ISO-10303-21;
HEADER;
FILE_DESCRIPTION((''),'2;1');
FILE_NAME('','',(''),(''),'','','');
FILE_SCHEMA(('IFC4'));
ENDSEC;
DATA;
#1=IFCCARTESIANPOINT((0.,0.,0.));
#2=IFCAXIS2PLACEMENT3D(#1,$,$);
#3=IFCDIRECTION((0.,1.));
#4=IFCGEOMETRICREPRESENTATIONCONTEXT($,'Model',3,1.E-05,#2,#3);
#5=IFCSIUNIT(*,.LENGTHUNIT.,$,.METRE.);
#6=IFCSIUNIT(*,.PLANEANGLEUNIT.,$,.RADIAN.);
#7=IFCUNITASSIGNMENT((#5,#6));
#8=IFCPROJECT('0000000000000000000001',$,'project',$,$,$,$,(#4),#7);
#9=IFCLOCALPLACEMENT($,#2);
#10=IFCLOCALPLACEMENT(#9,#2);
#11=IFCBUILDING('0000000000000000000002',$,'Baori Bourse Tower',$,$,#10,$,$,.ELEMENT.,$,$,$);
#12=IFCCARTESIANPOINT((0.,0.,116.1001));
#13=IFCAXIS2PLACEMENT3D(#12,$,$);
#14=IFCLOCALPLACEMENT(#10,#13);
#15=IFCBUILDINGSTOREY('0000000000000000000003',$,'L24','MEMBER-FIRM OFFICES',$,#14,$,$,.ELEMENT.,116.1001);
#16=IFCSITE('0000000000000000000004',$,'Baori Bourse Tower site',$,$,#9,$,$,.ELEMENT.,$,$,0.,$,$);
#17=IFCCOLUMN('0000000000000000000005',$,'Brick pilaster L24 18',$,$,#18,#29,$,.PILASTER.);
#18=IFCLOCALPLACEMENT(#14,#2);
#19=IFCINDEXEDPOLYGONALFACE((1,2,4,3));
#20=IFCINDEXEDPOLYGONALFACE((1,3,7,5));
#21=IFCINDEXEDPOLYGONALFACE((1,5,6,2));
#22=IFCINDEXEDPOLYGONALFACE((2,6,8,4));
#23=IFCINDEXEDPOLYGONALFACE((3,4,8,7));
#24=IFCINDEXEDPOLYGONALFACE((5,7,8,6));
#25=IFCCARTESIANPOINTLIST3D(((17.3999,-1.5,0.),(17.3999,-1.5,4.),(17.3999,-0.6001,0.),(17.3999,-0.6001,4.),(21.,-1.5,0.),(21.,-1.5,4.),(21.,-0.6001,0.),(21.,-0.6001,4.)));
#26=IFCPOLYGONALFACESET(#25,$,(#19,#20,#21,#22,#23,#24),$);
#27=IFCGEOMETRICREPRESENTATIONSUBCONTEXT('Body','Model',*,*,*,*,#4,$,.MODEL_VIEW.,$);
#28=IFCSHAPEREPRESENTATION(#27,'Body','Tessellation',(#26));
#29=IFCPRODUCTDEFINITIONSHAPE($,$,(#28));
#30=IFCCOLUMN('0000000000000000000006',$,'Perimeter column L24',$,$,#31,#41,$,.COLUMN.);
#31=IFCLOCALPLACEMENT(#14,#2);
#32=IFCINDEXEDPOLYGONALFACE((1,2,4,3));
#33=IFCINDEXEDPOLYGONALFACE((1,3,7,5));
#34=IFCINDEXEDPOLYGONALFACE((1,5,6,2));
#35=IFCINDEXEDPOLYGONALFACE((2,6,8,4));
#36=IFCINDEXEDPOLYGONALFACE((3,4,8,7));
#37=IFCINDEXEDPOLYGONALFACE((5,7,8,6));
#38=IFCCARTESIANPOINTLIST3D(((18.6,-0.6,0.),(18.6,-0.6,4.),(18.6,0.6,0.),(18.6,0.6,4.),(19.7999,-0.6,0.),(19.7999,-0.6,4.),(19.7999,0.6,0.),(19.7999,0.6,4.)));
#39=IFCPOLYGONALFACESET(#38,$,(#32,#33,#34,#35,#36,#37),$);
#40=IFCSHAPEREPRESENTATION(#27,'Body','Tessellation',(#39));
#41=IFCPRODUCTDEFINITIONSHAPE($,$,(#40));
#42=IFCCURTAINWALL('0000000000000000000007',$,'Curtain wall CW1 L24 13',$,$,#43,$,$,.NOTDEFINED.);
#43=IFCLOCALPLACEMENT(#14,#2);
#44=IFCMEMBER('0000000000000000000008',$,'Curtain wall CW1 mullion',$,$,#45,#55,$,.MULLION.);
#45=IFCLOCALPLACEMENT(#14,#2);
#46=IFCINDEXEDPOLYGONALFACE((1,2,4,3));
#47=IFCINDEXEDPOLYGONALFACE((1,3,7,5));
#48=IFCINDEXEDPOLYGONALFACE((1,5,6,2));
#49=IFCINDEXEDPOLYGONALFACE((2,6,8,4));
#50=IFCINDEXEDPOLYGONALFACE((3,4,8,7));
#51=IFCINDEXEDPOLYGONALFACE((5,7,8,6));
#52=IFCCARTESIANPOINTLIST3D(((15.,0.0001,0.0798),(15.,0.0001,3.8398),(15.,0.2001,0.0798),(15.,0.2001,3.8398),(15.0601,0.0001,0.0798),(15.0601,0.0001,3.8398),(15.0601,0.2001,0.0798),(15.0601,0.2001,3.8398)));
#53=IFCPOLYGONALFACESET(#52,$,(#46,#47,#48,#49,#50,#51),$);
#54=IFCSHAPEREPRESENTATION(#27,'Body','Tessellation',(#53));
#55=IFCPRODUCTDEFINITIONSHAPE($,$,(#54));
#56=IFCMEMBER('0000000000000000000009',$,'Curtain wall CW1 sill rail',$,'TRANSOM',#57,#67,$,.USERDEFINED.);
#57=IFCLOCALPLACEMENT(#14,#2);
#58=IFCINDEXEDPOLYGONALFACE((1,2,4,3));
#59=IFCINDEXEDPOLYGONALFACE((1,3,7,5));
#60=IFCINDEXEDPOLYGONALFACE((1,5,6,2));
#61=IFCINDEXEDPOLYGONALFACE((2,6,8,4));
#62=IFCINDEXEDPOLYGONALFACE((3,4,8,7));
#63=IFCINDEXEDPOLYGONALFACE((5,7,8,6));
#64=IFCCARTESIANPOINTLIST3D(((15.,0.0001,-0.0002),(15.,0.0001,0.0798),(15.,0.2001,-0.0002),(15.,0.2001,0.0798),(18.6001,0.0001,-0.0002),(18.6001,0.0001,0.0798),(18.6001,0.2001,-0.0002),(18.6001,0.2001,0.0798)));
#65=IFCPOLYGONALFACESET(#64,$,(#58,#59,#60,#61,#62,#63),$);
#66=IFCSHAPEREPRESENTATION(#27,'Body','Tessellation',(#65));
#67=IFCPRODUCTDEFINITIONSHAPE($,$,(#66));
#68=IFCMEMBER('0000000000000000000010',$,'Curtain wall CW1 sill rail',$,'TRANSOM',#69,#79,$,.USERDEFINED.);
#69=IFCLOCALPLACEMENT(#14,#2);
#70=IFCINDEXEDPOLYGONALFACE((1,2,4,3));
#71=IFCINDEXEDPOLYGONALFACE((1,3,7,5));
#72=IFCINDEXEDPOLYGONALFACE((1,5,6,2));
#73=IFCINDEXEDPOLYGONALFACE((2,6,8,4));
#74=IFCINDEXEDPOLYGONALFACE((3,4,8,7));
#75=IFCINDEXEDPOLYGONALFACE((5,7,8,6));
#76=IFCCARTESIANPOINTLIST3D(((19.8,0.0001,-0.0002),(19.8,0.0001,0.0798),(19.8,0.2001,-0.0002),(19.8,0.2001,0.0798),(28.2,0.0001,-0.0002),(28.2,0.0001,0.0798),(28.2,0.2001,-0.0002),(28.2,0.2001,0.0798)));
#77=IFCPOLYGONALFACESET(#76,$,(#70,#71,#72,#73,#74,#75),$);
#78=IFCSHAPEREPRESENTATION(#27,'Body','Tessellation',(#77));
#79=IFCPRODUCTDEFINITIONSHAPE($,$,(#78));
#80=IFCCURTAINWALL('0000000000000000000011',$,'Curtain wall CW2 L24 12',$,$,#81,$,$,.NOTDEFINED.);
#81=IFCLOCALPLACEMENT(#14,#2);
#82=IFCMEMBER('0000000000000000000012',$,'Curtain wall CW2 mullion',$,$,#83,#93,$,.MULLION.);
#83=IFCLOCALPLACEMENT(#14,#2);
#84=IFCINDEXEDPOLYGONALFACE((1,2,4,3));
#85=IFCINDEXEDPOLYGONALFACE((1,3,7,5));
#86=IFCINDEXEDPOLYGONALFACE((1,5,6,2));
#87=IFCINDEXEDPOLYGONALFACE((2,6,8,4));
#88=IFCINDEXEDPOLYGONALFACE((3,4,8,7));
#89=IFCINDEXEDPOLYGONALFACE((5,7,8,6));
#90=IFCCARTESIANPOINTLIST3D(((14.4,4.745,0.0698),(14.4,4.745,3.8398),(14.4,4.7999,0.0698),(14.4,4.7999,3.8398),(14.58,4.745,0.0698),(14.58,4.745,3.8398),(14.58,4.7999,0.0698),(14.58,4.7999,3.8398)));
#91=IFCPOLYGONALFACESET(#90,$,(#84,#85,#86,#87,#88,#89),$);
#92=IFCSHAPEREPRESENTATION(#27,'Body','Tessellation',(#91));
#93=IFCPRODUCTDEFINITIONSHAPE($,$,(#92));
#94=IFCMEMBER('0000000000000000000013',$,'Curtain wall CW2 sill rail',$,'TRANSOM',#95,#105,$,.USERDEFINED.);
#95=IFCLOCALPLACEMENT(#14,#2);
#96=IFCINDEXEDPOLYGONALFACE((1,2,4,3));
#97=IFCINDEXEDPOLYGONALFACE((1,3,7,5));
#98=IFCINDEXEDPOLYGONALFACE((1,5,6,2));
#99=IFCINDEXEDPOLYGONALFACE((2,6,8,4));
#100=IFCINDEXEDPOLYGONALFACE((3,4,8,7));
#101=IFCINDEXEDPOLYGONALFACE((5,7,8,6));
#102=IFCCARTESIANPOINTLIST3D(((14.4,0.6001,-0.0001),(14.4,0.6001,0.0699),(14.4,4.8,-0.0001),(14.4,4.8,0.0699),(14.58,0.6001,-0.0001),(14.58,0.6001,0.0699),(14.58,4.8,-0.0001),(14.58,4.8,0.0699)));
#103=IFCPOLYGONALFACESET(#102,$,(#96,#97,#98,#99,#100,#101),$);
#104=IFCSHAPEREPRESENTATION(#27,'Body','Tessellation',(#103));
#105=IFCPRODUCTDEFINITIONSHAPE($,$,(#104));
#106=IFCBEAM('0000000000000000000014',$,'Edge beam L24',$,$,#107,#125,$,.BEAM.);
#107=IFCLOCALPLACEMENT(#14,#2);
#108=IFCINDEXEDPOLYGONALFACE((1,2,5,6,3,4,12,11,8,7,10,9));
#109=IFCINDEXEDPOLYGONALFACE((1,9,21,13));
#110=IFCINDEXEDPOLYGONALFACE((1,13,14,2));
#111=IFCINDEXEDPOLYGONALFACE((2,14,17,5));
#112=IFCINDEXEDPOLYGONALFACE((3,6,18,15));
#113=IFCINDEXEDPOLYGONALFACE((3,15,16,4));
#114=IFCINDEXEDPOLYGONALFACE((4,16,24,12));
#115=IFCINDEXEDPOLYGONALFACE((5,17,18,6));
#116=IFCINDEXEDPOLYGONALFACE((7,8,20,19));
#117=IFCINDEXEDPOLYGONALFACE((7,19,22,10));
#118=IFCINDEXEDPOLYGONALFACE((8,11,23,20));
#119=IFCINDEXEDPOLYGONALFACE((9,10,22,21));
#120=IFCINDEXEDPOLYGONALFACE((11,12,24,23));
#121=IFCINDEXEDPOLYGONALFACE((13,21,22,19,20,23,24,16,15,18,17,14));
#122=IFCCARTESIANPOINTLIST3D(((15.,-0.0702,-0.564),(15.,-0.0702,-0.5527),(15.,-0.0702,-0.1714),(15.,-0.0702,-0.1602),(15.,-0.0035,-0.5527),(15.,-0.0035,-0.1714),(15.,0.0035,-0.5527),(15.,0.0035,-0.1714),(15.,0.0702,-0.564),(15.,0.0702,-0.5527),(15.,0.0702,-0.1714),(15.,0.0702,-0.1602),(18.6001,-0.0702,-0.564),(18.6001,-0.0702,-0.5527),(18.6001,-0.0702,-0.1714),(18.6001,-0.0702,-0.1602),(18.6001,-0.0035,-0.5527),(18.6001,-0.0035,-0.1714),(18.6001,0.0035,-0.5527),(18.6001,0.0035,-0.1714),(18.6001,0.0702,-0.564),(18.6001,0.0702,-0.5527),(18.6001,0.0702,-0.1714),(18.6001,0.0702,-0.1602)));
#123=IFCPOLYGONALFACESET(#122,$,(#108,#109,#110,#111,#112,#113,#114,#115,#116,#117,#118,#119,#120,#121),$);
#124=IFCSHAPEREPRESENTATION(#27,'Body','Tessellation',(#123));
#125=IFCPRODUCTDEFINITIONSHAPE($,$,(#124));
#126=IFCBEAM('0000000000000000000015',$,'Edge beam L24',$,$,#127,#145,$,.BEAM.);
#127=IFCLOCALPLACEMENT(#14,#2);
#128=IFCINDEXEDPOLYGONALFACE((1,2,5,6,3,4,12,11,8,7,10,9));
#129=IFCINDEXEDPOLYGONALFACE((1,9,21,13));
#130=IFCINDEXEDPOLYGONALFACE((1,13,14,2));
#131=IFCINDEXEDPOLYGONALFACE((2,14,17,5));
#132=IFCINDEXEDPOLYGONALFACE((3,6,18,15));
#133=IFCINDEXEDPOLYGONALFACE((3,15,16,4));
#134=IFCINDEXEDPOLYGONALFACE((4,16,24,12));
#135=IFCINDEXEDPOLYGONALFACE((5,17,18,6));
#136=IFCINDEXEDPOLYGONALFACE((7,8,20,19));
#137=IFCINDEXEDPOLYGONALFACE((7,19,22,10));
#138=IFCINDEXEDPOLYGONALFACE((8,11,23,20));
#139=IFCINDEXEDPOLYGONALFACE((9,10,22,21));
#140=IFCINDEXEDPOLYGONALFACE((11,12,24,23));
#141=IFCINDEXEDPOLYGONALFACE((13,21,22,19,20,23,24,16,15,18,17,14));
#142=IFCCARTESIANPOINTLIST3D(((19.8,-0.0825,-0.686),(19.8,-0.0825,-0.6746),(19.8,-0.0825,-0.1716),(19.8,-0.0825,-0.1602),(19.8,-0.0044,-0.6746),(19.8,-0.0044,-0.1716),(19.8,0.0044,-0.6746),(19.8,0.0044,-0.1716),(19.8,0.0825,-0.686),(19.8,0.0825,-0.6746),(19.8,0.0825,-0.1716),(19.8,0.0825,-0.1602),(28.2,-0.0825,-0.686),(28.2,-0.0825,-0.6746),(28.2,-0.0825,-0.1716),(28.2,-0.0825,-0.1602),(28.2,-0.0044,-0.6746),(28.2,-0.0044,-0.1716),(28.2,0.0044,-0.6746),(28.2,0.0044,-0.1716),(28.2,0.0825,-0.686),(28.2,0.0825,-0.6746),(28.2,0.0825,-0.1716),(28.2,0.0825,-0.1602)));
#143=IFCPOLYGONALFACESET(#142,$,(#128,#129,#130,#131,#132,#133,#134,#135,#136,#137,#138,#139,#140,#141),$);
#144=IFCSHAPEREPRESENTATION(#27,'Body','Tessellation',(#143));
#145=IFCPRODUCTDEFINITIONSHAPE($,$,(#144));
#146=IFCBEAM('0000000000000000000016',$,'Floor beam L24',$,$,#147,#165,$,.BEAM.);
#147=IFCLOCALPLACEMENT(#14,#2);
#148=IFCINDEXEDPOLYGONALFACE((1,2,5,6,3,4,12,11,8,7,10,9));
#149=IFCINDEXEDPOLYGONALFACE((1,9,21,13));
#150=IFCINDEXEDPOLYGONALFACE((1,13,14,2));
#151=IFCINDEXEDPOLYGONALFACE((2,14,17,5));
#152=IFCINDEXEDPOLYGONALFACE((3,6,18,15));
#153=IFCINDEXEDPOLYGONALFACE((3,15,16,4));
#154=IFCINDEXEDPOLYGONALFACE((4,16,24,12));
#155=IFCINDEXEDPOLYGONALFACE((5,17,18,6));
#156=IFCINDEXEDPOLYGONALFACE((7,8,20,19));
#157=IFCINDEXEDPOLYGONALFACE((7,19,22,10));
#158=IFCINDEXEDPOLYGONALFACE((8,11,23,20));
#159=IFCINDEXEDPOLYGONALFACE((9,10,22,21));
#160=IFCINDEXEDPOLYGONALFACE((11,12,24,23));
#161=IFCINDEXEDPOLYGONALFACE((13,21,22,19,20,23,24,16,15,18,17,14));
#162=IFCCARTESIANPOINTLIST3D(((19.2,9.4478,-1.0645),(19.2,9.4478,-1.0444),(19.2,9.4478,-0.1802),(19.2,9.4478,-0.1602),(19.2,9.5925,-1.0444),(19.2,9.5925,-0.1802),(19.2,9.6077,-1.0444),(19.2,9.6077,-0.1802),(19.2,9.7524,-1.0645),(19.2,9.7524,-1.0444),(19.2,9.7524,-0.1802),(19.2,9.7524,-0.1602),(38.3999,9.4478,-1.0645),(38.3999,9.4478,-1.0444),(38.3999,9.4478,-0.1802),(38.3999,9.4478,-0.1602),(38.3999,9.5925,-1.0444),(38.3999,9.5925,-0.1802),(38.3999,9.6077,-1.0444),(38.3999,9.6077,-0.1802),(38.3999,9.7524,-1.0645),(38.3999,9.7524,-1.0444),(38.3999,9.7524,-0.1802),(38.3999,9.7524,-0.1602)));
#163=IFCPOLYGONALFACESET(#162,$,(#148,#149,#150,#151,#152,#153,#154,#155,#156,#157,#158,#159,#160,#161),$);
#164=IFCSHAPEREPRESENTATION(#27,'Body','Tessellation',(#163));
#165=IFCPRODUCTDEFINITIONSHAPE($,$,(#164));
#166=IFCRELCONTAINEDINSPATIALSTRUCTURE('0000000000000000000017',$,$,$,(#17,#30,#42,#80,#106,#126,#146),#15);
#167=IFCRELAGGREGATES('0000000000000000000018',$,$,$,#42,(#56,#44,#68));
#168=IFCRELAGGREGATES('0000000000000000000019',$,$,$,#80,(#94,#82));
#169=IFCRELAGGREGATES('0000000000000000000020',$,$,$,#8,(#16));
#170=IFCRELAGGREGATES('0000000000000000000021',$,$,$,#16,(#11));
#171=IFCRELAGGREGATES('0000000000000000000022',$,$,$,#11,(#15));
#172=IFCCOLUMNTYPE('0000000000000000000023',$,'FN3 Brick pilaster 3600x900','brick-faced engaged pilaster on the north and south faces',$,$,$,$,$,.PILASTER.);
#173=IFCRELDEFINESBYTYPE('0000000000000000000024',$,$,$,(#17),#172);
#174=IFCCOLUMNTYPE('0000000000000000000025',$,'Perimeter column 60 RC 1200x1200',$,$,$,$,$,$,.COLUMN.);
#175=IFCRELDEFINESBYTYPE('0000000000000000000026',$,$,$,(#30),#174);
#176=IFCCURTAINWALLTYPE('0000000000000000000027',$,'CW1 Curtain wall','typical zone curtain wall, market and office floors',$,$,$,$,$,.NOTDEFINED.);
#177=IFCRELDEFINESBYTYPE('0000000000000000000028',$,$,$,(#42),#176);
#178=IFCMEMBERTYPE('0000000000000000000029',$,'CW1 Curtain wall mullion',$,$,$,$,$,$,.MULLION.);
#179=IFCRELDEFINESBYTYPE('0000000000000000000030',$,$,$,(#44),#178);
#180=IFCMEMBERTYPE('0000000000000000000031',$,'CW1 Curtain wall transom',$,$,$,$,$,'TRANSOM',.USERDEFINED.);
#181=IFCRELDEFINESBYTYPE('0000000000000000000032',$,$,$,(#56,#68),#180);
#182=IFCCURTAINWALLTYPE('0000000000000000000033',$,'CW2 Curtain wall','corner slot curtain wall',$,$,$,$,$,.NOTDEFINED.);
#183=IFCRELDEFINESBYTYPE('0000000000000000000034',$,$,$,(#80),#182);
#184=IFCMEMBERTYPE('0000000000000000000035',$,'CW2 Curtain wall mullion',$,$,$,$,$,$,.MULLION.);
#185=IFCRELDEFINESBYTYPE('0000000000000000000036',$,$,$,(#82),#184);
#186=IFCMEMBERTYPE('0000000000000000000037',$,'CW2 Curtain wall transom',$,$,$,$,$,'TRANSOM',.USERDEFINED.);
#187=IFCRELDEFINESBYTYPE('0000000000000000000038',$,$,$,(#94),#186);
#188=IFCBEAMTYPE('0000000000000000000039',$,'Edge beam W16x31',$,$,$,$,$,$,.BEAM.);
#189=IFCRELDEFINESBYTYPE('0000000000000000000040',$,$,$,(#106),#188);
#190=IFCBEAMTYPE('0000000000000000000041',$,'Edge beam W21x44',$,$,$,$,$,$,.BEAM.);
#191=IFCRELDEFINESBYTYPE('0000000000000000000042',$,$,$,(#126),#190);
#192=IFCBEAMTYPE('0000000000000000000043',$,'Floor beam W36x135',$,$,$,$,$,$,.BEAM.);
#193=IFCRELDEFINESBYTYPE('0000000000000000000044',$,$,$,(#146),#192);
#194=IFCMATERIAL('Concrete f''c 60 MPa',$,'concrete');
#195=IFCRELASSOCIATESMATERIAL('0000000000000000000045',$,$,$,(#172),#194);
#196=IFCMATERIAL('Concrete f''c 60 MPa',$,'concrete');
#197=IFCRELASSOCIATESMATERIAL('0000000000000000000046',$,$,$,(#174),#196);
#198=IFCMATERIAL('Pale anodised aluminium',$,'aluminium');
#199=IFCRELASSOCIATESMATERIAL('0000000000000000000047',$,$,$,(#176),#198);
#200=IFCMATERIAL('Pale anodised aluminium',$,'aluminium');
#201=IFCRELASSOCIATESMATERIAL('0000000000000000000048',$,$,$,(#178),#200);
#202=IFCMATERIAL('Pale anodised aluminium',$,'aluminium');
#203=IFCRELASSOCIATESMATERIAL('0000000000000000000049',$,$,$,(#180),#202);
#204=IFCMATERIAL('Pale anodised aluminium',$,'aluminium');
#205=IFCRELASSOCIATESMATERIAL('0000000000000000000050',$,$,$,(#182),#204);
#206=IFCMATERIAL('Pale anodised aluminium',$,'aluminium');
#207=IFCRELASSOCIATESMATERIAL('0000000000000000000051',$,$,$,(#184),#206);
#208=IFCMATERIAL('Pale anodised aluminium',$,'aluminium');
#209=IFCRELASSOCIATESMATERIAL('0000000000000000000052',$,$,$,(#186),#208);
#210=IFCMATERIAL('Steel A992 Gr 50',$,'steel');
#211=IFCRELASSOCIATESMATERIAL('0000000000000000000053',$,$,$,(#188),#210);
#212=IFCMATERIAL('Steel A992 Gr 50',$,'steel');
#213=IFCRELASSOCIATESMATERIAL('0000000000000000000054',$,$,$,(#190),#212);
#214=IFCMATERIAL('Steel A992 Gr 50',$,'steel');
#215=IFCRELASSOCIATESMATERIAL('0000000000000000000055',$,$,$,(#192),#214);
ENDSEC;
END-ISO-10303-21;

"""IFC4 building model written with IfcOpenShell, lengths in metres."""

from ifc_helpers import new_model, si_unit, direction, frame, origin, origin_2d, place, context, subcontext, project, spatial, rectangle, i_section, extrude, material, material_profile, profile_set, type_object, element, aggregate, save


model = new_model("IFC4")

# Units and contexts
model_context = context("Model", 3, precision=1e-05, world=origin(), true_north=direction((0.0, 1.0)))
body_context = subcontext(model_context, "Body", "Model", "MODEL_VIEW")
ifc_project = project(units=[si_unit("LENGTHUNIT", "METRE"), si_unit("PLANEANGLEUNIT", "RADIAN")], contexts=[model_context])

# Site, building, storey
site_placement = place(None, origin())
site = spatial("IfcSite", under=ifc_project, at=site_placement, Name="Baori Bourse Tower site", CompositionType="ELEMENT", RefElevation=0.0)
building_placement = place(site_placement, origin())
building = spatial("IfcBuilding", under=site, at=building_placement, Name="Baori Bourse Tower", CompositionType="ELEMENT")
storey_placement = place(building_placement, frame((0.0, 0.0, 116.1001)))
storey = spatial("IfcBuildingStorey", under=building, at=storey_placement, Name="L24", Description="MEMBER-FIRM OFFICES", CompositionType="ELEMENT", Elevation=116.1001)

# Columns
ifc_material_1 = material(Name="Concrete f'c 60 MPa", Category="concrete")
ifc_material_profile_1 = material_profile(ifc_material_1, rectangle(XDim=3.6001, YDim=0.8999, at=origin_2d()), Name="RC 3600x900")
ifc_profile_set_1 = profile_set([ifc_material_profile_1], Name="Concrete f'c 60 MPa")
column_type_1 = type_object("IfcColumnType", Name="FN3 Brick pilaster 3600x900", Description="brick-faced engaged pilaster on the north and south faces", PredefinedType="PILASTER", material=ifc_profile_set_1)
column_1_placement = place(storey_placement, frame((19.2, -1.05, 0.0), z_axis=(0.0, 0.0, 1.0), x_axis=(1.0, 0.0, 0.0)))
element("IfcColumn", 1, at=column_1_placement, inside=storey, type_object=column_type_1, Name="Brick pilaster L24 18", PredefinedType="PILASTER", context=body_context, shape_type="SweptSolid", body=[
    extrude(rectangle(XDim=3.6001, YDim=0.8999, at=origin_2d()), origin(), (0.0, 0.0, 1.0), 4.0),
])
ifc_material_2 = material(Name="Concrete f'c 60 MPa", Category="concrete")
ifc_material_profile_2 = material_profile(ifc_material_2, rectangle(XDim=1.2, YDim=1.2, at=origin_2d()), Name="RC 1200x1200")
ifc_profile_set_2 = profile_set([ifc_material_profile_2], Name="Concrete f'c 60 MPa")
column_type_2 = type_object("IfcColumnType", Name="Perimeter column 60 RC 1200x1200", PredefinedType="COLUMN", material=ifc_profile_set_2)
column_2_placement = place(storey_placement, frame((19.2, 0.0, 0.0), z_axis=(0.0, 0.0, 1.0), x_axis=(1.0, 0.0, 0.0)))
element("IfcColumn", 2, at=column_2_placement, inside=storey, type_object=column_type_2, Name="Perimeter column L24", PredefinedType="COLUMN", context=body_context, shape_type="SweptSolid", body=[
    extrude(rectangle(XDim=1.2, YDim=1.2, at=origin_2d()), origin(), (0.0, 0.0, 1.0), 4.0),
])

# Curtain walls, members
ifc_material_3 = material(Name="Pale anodised aluminium", Category="aluminium")
curtain_wall_type_1 = type_object("IfcCurtainWallType", Name="CW1 Curtain wall", Description="typical zone curtain wall, market and office floors", PredefinedType="NOTDEFINED", material=ifc_material_3)
curtain_wall_1_placement = place(storey_placement, origin())
curtain_wall_1 = element("IfcCurtainWall", 3, at=curtain_wall_1_placement, inside=storey, type_object=curtain_wall_type_1, Name="Curtain wall CW1 L24 13", PredefinedType="NOTDEFINED")
ifc_material_4 = material(Name="Pale anodised aluminium", Category="aluminium")
ifc_material_profile_3 = material_profile(ifc_material_4, rectangle(XDim=0.2, YDim=0.0601, at=origin_2d()), Name="Mullion 60x200")
ifc_profile_set_3 = profile_set([ifc_material_profile_3], Name="Pale anodised aluminium")
member_type_1 = type_object("IfcMemberType", Name="CW1 Curtain wall mullion", PredefinedType="MULLION", material=ifc_profile_set_3)
member_1_placement = place(storey_placement, frame((15.03, 0.1001, 0.0798), z_axis=(0.0, 0.0, 1.0), x_axis=(0.0, 1.0, 0.0)))
member_1 = element("IfcMember", 4, at=member_1_placement, type_object=member_type_1, Name="Curtain wall CW1 mullion", PredefinedType="MULLION", context=body_context, shape_type="SweptSolid", body=[
    extrude(rectangle(XDim=0.2, YDim=0.0601, at=origin_2d()), origin(), (0.0, 0.0, 1.0), 3.76),
])
ifc_material_5 = material(Name="Pale anodised aluminium", Category="aluminium")
ifc_material_profile_4 = material_profile(ifc_material_5, rectangle(XDim=0.2, YDim=0.0801, at=origin_2d()), Name="Transom 80x200")
ifc_profile_set_4 = profile_set([ifc_material_profile_4], Name="Pale anodised aluminium")
member_type_2 = type_object("IfcMemberType", Name="CW1 Curtain wall transom", ElementType="TRANSOM", PredefinedType="USERDEFINED", material=ifc_profile_set_4)
member_2_placement = place(storey_placement, frame((15.0, 0.1001, 0.0398), z_axis=(1.0, 0.0, 0.0), x_axis=(0.0, 1.0, 0.0)))
member_2 = element("IfcMember", 5, at=member_2_placement, type_object=member_type_2, Name="Curtain wall CW1 sill rail", ObjectType="TRANSOM", PredefinedType="USERDEFINED", context=body_context, shape_type="SweptSolid", body=[
    extrude(rectangle(XDim=0.2, YDim=0.0801, at=origin_2d()), origin(), (0.0, 0.0, 1.0), 3.6001),
])
member_3_placement = place(storey_placement, frame((19.8, 0.1001, 0.0398), z_axis=(1.0, 0.0, 0.0), x_axis=(0.0, 1.0, 0.0)))
member_3 = element("IfcMember", 6, at=member_3_placement, type_object=member_type_2, Name="Curtain wall CW1 sill rail", ObjectType="TRANSOM", PredefinedType="USERDEFINED", context=body_context, shape_type="SweptSolid", body=[
    extrude(rectangle(XDim=0.2, YDim=0.0801, at=origin_2d()), origin(), (0.0, 0.0, 1.0), 8.3999),
])
ifc_material_6 = material(Name="Pale anodised aluminium", Category="aluminium")
curtain_wall_type_2 = type_object("IfcCurtainWallType", Name="CW2 Curtain wall", Description="corner slot curtain wall", PredefinedType="NOTDEFINED", material=ifc_material_6)
curtain_wall_2_placement = place(storey_placement, origin())
curtain_wall_2 = element("IfcCurtainWall", 7, at=curtain_wall_2_placement, inside=storey, type_object=curtain_wall_type_2, Name="Curtain wall CW2 L24 12", PredefinedType="NOTDEFINED")
ifc_material_7 = material(Name="Pale anodised aluminium", Category="aluminium")
ifc_material_profile_5 = material_profile(ifc_material_7, rectangle(XDim=0.1799, YDim=0.0549, at=origin_2d()), Name="Mullion 55x180")
ifc_profile_set_5 = profile_set([ifc_material_profile_5], Name="Pale anodised aluminium")
member_type_3 = type_object("IfcMemberType", Name="CW2 Curtain wall mullion", PredefinedType="MULLION", material=ifc_profile_set_5)
member_4_placement = place(storey_placement, frame((14.49, 4.7725, 0.0698), z_axis=(0.0, 0.0, 1.0), x_axis=(1.0, 0.0, 0.0)))
member_4 = element("IfcMember", 8, at=member_4_placement, type_object=member_type_3, Name="Curtain wall CW2 mullion", PredefinedType="MULLION", context=body_context, shape_type="SweptSolid", body=[
    extrude(rectangle(XDim=0.1799, YDim=0.0549, at=origin_2d()), origin(), (0.0, 0.0, 1.0), 3.77),
])
ifc_material_8 = material(Name="Pale anodised aluminium", Category="aluminium")
ifc_material_profile_6 = material_profile(ifc_material_8, rectangle(XDim=0.1799, YDim=0.0701, at=origin_2d()), Name="Transom 70x180")
ifc_profile_set_6 = profile_set([ifc_material_profile_6], Name="Pale anodised aluminium")
member_type_4 = type_object("IfcMemberType", Name="CW2 Curtain wall transom", ElementType="TRANSOM", PredefinedType="USERDEFINED", material=ifc_profile_set_6)
member_5_placement = place(storey_placement, frame((14.49, 4.8, 0.0349), z_axis=(0.0, -1.0, 0.0), x_axis=(1.0, 0.0, 0.0)))
member_5 = element("IfcMember", 9, at=member_5_placement, type_object=member_type_4, Name="Curtain wall CW2 sill rail", ObjectType="TRANSOM", PredefinedType="USERDEFINED", context=body_context, shape_type="SweptSolid", body=[
    extrude(rectangle(XDim=0.1799, YDim=0.0701, at=origin_2d()), origin(), (0.0, 0.0, 1.0), 4.2),
])

# Beams
ifc_material_9 = material(Name="Steel A992 Gr 50", Category="steel")
ifc_material_profile_7 = material_profile(ifc_material_9, i_section(OverallWidth=0.1404, OverallDepth=0.4038, WebThickness=0.0071, FlangeThickness=0.0112, at=origin_2d()), Name="W16x31")
ifc_profile_set_7 = profile_set([ifc_material_profile_7], Name="Steel A992 Gr 50")
beam_type_1 = type_object("IfcBeamType", Name="Edge beam W16x31", PredefinedType="BEAM", material=ifc_profile_set_7)
beam_1_placement = place(storey_placement, frame((15.0, 0.0, -0.3621), z_axis=(1.0, 0.0, 0.0), x_axis=(0.0, 1.0, 0.0)))
element("IfcBeam", 10, at=beam_1_placement, inside=storey, type_object=beam_type_1, Name="Edge beam L24", PredefinedType="BEAM", context=body_context, shape_type="SweptSolid", body=[
    extrude(i_section(OverallWidth=0.1404, OverallDepth=0.4038, WebThickness=0.0071, FlangeThickness=0.0112, at=origin_2d()), origin(), (0.0, 0.0, 1.0), 3.6001),
])
ifc_material_10 = material(Name="Steel A992 Gr 50", Category="steel")
ifc_material_profile_8 = material_profile(ifc_material_10, i_section(OverallWidth=0.165, OverallDepth=0.5259, WebThickness=0.0088, FlangeThickness=0.0115, at=origin_2d()), Name="W21x44")
ifc_profile_set_8 = profile_set([ifc_material_profile_8], Name="Steel A992 Gr 50")
beam_type_2 = type_object("IfcBeamType", Name="Edge beam W21x44", PredefinedType="BEAM", material=ifc_profile_set_8)
beam_2_placement = place(storey_placement, frame((19.8, 0.0, -0.4231), z_axis=(1.0, 0.0, 0.0), x_axis=(0.0, 1.0, 0.0)))
element("IfcBeam", 11, at=beam_2_placement, inside=storey, type_object=beam_type_2, Name="Edge beam L24", PredefinedType="BEAM", context=body_context, shape_type="SweptSolid", body=[
    extrude(i_section(OverallWidth=0.165, OverallDepth=0.5259, WebThickness=0.0088, FlangeThickness=0.0115, at=origin_2d()), origin(), (0.0, 0.0, 1.0), 8.3999),
])
ifc_material_11 = material(Name="Steel A992 Gr 50", Category="steel")
ifc_material_profile_9 = material_profile(ifc_material_11, i_section(OverallWidth=0.3047, OverallDepth=0.9043, WebThickness=0.0151, FlangeThickness=0.02, at=origin_2d()), Name="W36x135")
ifc_profile_set_9 = profile_set([ifc_material_profile_9], Name="Steel A992 Gr 50")
beam_type_3 = type_object("IfcBeamType", Name="Floor beam W36x135", PredefinedType="BEAM", material=ifc_profile_set_9)
beam_3_placement = place(storey_placement, frame((19.2, 9.6001, -0.6123), z_axis=(1.0, 0.0, 0.0), x_axis=(0.0, 1.0, 0.0)))
element("IfcBeam", 12, at=beam_3_placement, inside=storey, type_object=beam_type_3, Name="Floor beam L24", PredefinedType="BEAM", context=body_context, shape_type="SweptSolid", body=[
    extrude(i_section(OverallWidth=0.3047, OverallDepth=0.9043, WebThickness=0.0151, FlangeThickness=0.02, at=origin_2d()), origin(), (0.0, 0.0, 1.0), 19.2),
])

aggregate(curtain_wall_1, [member_2, member_1, member_3])
aggregate(curtain_wall_2, [member_5, member_4])

save(model, "model.ifc")
